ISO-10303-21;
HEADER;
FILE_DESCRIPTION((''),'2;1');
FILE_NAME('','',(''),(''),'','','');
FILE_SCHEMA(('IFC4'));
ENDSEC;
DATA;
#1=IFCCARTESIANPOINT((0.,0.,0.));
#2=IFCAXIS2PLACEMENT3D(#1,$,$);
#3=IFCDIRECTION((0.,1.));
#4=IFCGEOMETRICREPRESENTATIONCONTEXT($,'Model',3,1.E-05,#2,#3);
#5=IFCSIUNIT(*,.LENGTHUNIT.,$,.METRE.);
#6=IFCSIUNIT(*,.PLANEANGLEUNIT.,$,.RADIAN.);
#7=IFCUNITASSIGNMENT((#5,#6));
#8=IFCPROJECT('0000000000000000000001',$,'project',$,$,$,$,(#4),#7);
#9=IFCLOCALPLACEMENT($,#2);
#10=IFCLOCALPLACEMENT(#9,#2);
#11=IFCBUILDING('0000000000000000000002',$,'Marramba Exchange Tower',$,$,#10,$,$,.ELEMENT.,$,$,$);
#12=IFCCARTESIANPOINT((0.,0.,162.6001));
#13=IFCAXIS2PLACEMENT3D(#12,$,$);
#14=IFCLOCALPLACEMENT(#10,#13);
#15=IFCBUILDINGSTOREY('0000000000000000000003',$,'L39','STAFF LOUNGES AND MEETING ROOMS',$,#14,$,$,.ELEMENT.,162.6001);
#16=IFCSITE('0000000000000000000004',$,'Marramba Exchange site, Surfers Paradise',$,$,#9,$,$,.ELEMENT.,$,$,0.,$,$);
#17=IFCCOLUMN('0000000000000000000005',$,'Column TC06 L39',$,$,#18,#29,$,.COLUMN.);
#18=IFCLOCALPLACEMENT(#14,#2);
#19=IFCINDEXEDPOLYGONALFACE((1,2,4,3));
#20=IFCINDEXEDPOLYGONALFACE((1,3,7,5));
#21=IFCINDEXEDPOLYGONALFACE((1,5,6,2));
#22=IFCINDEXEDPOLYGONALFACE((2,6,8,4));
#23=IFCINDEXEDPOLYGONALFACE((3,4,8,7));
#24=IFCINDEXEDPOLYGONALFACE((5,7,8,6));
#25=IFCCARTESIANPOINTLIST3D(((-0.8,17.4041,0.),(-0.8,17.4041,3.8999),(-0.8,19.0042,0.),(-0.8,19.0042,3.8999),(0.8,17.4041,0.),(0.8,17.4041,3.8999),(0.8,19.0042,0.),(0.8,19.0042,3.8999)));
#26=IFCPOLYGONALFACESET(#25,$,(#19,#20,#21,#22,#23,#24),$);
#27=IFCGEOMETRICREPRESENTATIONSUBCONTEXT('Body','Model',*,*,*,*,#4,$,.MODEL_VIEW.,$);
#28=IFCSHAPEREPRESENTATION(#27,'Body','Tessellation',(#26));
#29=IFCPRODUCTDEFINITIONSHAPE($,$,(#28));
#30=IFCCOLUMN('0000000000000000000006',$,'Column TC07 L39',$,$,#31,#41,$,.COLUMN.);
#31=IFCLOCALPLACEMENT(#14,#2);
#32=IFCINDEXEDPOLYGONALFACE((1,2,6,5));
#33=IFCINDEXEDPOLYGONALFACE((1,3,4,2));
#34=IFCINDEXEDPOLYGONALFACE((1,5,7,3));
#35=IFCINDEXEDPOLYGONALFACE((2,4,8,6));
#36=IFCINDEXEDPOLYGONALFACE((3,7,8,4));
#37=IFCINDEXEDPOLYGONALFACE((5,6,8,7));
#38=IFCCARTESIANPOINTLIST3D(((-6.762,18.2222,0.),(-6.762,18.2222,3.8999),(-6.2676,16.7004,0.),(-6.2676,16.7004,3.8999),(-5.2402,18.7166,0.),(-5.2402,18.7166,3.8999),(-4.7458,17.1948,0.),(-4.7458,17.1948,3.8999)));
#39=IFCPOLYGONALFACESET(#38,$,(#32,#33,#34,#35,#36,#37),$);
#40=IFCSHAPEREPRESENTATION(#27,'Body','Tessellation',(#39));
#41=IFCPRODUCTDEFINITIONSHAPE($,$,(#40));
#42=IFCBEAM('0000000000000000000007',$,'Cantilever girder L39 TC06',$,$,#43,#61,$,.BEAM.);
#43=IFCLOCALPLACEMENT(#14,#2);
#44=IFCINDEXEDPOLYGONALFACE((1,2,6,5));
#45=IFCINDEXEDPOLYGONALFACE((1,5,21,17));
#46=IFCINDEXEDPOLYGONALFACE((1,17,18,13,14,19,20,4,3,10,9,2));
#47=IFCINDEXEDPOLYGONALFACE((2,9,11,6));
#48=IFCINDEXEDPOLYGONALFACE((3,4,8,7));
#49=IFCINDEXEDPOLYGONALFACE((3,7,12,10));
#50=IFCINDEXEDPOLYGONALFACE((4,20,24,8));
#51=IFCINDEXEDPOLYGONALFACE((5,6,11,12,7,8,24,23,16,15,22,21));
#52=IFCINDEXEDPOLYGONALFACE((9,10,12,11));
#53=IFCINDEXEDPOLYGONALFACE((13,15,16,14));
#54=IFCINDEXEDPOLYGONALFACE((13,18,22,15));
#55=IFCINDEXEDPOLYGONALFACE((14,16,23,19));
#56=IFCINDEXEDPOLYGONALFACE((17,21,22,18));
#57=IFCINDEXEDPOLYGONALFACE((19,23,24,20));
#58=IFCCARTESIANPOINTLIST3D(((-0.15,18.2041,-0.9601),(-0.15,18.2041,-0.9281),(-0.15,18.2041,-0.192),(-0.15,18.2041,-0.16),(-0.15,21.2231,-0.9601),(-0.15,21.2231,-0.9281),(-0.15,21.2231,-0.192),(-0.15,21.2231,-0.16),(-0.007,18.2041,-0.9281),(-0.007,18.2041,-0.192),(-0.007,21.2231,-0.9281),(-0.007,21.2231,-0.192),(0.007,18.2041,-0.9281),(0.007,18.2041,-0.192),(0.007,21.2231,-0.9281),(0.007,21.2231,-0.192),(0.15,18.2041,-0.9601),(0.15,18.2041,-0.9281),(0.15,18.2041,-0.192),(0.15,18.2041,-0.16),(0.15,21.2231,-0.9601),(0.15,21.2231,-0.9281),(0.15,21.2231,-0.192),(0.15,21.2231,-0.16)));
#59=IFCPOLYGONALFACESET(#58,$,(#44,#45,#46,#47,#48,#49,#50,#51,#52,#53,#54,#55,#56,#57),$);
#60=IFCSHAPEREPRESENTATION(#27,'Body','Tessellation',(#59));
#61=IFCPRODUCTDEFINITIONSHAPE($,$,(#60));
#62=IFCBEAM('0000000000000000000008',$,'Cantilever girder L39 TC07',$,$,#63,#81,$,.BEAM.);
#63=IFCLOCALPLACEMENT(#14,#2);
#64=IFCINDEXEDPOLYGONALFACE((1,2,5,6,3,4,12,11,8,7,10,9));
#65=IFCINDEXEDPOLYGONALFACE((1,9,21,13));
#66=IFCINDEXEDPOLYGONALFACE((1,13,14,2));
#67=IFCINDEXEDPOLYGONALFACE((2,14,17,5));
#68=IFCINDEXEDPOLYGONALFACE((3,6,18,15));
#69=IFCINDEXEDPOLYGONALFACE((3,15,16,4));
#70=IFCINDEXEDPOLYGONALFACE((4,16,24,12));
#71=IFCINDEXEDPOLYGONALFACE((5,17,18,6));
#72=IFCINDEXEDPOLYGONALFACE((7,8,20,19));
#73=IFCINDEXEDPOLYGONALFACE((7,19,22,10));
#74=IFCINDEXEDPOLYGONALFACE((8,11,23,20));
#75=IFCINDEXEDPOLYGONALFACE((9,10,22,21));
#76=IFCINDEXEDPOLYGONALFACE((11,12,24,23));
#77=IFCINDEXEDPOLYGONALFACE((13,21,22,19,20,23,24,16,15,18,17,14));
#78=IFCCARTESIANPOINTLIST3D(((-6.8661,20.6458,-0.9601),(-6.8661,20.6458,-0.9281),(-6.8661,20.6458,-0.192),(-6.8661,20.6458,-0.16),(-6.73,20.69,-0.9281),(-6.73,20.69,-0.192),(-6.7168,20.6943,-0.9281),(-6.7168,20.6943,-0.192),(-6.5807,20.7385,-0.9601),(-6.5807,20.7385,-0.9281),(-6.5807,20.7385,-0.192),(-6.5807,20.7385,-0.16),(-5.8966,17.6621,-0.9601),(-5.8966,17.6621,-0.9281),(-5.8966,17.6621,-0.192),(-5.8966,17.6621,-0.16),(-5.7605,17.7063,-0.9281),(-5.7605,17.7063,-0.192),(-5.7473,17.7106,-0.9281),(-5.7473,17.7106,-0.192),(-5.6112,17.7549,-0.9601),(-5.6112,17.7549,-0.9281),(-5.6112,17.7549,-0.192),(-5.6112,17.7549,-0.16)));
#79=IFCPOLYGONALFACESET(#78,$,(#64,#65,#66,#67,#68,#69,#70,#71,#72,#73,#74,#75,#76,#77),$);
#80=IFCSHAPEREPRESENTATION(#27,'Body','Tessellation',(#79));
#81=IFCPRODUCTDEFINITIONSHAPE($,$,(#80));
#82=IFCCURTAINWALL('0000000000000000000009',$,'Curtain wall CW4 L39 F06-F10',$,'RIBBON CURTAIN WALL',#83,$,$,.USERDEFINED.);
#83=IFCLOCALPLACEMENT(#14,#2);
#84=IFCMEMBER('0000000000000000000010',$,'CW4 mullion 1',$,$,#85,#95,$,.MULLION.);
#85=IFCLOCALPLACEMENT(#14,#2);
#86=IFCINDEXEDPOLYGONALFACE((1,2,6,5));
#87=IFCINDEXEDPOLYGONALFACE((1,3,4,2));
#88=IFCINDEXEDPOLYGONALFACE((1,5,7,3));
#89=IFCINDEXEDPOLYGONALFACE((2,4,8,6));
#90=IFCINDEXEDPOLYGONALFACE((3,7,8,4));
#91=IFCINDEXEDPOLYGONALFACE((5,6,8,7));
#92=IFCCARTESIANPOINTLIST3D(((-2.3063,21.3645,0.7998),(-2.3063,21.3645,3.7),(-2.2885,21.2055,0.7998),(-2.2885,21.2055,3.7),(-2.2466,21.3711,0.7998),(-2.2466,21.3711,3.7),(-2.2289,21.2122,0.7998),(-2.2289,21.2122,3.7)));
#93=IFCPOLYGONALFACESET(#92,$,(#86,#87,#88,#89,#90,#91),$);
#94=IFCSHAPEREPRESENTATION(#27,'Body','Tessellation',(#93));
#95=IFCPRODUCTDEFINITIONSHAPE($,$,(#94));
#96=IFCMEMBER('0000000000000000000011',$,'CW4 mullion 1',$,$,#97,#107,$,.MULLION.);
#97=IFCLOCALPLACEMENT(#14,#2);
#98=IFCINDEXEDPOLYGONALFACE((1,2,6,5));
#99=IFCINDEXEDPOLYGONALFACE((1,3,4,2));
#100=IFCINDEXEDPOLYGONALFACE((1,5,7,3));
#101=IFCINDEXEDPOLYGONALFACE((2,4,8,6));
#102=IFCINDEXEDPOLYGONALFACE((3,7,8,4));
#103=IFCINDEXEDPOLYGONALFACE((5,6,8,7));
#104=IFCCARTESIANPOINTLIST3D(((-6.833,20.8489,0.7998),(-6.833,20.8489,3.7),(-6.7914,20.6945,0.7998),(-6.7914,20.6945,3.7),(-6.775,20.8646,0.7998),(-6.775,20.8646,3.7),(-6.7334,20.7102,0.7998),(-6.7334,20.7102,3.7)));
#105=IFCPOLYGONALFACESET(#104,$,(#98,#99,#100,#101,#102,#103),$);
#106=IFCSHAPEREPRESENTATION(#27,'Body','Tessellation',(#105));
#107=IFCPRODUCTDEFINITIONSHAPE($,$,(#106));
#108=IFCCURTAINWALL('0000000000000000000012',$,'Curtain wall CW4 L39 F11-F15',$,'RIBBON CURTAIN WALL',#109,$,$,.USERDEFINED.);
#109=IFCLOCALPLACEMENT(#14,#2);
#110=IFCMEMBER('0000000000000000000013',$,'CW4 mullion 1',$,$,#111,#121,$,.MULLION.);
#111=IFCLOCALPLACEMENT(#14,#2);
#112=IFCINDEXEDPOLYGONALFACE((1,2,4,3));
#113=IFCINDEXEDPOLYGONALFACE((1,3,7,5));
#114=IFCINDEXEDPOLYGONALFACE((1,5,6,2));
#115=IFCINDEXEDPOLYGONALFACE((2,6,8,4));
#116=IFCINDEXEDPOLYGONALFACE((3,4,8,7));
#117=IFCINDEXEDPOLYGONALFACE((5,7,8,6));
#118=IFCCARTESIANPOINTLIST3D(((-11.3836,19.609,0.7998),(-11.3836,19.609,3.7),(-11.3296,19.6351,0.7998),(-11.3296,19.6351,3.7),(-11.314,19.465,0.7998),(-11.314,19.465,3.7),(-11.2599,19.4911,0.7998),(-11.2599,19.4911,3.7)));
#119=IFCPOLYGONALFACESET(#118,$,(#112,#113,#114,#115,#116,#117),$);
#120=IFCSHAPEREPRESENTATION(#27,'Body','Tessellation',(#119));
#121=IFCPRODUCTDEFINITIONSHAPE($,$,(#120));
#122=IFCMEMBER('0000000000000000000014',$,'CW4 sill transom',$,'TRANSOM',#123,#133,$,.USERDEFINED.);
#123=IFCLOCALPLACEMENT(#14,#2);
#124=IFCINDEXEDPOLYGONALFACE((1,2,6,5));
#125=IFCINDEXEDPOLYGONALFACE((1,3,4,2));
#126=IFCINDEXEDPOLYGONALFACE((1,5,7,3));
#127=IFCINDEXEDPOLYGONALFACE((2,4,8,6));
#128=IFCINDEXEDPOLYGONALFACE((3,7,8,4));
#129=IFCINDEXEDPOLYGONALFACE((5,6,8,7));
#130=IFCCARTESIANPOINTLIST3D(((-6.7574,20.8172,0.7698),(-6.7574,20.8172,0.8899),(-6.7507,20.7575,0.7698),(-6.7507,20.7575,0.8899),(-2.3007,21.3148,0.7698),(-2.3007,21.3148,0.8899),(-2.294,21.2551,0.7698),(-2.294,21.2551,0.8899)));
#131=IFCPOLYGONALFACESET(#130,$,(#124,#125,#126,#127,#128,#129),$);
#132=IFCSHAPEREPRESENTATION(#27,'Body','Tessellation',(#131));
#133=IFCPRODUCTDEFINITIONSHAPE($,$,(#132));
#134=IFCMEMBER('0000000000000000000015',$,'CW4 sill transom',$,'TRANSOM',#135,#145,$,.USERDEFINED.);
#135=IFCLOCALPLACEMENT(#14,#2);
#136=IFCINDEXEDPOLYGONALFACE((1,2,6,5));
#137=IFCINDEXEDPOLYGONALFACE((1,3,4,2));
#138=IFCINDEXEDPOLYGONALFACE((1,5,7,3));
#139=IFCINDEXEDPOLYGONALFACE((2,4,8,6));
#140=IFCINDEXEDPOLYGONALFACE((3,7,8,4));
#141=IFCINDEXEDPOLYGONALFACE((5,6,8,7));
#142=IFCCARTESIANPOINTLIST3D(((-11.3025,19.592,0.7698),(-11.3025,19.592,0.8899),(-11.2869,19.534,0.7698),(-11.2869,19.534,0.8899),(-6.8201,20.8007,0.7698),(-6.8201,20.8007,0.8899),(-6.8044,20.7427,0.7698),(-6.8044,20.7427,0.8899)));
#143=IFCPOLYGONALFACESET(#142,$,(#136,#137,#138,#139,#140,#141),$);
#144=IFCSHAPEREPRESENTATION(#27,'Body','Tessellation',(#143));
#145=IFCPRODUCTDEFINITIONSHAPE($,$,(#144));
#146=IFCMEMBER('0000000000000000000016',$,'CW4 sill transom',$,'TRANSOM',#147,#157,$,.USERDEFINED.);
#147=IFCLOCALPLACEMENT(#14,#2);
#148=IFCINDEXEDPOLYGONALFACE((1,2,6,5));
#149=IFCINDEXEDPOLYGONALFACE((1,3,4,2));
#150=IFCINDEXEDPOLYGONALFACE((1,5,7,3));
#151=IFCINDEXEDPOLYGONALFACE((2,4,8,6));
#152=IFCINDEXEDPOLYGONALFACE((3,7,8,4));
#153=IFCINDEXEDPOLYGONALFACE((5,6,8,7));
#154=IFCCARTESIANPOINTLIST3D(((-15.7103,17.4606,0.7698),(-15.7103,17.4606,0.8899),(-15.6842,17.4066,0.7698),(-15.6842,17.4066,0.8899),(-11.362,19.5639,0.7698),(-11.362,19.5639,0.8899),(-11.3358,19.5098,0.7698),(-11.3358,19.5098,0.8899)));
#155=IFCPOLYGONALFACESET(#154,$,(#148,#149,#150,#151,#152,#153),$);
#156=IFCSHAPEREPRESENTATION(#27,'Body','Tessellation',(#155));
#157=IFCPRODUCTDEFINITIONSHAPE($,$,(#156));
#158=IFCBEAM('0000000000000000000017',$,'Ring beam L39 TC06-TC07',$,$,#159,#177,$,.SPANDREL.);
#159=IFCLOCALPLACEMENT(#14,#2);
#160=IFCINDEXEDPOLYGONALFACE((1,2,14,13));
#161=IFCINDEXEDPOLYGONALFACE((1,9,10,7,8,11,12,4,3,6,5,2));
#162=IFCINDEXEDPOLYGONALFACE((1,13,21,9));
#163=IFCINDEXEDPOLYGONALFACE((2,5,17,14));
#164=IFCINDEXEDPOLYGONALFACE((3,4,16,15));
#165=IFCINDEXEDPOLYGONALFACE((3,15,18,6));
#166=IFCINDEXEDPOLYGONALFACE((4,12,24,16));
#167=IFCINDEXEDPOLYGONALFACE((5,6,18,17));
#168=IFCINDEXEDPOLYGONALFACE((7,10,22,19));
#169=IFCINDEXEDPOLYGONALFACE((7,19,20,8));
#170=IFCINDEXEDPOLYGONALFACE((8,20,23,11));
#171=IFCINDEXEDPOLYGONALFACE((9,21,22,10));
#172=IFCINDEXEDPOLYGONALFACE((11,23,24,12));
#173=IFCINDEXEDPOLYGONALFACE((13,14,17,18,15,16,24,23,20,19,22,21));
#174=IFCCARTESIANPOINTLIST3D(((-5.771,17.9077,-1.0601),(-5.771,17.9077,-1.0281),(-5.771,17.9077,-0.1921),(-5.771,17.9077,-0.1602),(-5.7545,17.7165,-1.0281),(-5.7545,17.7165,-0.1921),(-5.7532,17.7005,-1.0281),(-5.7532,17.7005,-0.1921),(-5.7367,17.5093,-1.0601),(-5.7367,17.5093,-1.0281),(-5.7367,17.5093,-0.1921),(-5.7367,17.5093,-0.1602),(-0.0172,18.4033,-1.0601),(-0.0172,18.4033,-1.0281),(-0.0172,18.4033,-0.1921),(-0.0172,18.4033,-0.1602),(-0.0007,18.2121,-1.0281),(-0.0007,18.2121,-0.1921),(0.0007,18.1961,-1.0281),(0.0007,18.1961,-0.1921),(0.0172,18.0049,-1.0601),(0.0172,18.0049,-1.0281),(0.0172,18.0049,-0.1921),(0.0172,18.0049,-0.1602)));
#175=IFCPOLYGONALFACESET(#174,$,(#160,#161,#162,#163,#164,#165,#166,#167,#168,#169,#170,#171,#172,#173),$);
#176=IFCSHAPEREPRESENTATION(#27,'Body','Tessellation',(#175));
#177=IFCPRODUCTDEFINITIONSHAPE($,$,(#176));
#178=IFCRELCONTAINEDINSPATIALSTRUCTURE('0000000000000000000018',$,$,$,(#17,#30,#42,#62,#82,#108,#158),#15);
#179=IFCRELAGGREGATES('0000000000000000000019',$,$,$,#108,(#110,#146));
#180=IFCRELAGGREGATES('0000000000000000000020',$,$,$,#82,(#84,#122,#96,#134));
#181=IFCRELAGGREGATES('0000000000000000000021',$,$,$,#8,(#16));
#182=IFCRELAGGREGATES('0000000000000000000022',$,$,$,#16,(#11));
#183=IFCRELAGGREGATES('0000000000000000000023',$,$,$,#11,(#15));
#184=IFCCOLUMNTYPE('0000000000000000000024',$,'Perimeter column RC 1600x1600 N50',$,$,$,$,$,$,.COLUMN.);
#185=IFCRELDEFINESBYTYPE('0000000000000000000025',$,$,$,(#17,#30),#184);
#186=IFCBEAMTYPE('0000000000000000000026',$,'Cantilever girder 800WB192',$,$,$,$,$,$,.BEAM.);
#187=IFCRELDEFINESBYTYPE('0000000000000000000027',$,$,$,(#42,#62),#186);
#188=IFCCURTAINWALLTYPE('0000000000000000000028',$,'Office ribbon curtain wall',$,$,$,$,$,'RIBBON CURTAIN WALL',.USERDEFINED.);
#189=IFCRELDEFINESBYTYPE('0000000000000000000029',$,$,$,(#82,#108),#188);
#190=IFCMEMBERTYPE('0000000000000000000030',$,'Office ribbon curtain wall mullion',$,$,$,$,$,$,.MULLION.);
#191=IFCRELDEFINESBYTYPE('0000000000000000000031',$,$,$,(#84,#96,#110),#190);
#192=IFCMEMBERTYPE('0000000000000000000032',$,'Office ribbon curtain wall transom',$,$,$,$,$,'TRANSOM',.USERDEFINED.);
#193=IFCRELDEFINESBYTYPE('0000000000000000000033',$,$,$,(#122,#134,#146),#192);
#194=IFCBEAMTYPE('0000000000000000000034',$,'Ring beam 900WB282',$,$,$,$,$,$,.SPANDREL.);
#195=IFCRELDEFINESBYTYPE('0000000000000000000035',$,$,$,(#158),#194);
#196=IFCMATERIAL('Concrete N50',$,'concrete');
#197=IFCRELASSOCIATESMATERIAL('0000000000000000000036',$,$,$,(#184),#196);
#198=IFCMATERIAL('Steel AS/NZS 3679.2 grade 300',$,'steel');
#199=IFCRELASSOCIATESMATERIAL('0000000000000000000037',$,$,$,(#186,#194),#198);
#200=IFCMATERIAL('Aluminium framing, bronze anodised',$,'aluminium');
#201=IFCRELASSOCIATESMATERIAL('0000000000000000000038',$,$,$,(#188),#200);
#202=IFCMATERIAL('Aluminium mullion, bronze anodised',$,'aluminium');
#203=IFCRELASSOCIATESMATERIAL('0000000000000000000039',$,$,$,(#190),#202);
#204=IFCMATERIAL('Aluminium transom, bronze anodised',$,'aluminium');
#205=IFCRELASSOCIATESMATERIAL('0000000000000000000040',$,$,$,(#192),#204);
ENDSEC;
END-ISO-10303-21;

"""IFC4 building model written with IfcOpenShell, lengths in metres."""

from ifc_helpers import new_model, si_unit, direction, frame, origin, origin_2d, place, context, subcontext, project, spatial, rectangle, i_section, extrude, material, material_profile, profile_set, type_object, element, aggregate, save


model = new_model("IFC4")

# Units and contexts
model_context = context("Model", 3, precision=1e-05, world=origin(), true_north=direction((0.0, 1.0)))
body_context = subcontext(model_context, "Body", "Model", "MODEL_VIEW")
ifc_project = project(units=[si_unit("LENGTHUNIT", "METRE"), si_unit("PLANEANGLEUNIT", "RADIAN")], contexts=[model_context])

# Site, building, storey
site_placement = place(None, origin())
site = spatial("IfcSite", under=ifc_project, at=site_placement, Name="Marramba Exchange site, Surfers Paradise", CompositionType="ELEMENT", RefElevation=0.0)
building_placement = place(site_placement, origin())
building = spatial("IfcBuilding", under=site, at=building_placement, Name="Marramba Exchange Tower", CompositionType="ELEMENT")
storey_placement = place(building_placement, frame((0.0, 0.0, 162.6001)))
storey = spatial("IfcBuildingStorey", under=building, at=storey_placement, Name="L39", Description="STAFF LOUNGES AND MEETING ROOMS", CompositionType="ELEMENT", Elevation=162.6001)

# Columns
ifc_material_1 = material(Name="Concrete N50", Category="concrete")
ifc_material_profile_1 = material_profile(ifc_material_1, rectangle(XDim=1.6001, YDim=1.6001, at=origin_2d()), Name="RC 1600x1600")
ifc_profile_set_1 = profile_set([ifc_material_profile_1], Name="Concrete N50")
column_type = type_object("IfcColumnType", Name="Perimeter column RC 1600x1600 N50", PredefinedType="COLUMN", material=ifc_profile_set_1)
for number, where, z_axis, x_axis, name in (
    (1, (0.0, 18.2041, 0.0), (0.0, 0.0, 1.0), (0.0, 1.0, 0.0), "Column TC06 L39"),
    (2, (-5.7539, 17.7085, 0.0), (0.0, 0.0, 1.0), (-0.309017, 0.951057, 0.0), "Column TC07 L39"),
):
    element("IfcColumn", number, at=place(storey_placement, frame(where, z_axis=z_axis, x_axis=x_axis)), inside=storey, type_object=column_type, Name=name, PredefinedType="COLUMN", context=body_context, shape_type="SweptSolid", body=[
        extrude(rectangle(XDim=1.6001, YDim=1.6001, at=origin_2d()), origin(), (0.0, 0.0, 1.0), 3.8999),
    ])

# Beams
ifc_material_2 = material(Name="Steel AS/NZS 3679.2 grade 300", Category="steel")
ifc_material_profile_2 = material_profile(ifc_material_2, i_section(OverallWidth=0.3, OverallDepth=0.8, WebThickness=0.0139, FlangeThickness=0.032, at=origin_2d()), Name="800WB192")
ifc_profile_set_2 = profile_set([ifc_material_profile_2], Name="Steel AS/NZS 3679.2 grade 300")
beam_type_1 = type_object("IfcBeamType", Name="Cantilever girder 800WB192", PredefinedType="BEAM", material=ifc_profile_set_2)
beam_1_placement = place(storey_placement, frame((0.0, 18.2041, -0.5601), z_axis=(0.0, 1.0, 0.0), x_axis=(-1.0, 0.0, 0.0)))
element("IfcBeam", 3, at=beam_1_placement, inside=storey, type_object=beam_type_1, Name="Cantilever girder L39 TC06", PredefinedType="BEAM", context=body_context, shape_type="SweptSolid", body=[
    extrude(i_section(OverallWidth=0.3, OverallDepth=0.8, WebThickness=0.0139, FlangeThickness=0.032, at=origin_2d()), origin(), (0.0, 0.0, 1.0), 3.019),
])
beam_2_placement = place(storey_placement, frame((-5.7539, 17.7085, -0.5601), z_axis=(-0.309028, 0.951053, 0.0), x_axis=(-0.951053, -0.309028, 0.0)))
element("IfcBeam", 4, at=beam_2_placement, inside=storey, type_object=beam_type_1, Name="Cantilever girder L39 TC07", PredefinedType="BEAM", context=body_context, shape_type="SweptSolid", body=[
    extrude(i_section(OverallWidth=0.3, OverallDepth=0.8, WebThickness=0.0139, FlangeThickness=0.032, at=origin_2d()), origin(), (0.0, 0.0, 1.0), 3.1372),
])

# Curtain wall, members
ifc_material_3 = material(Name="Aluminium framing, bronze anodised", Category="aluminium")
curtain_wall_type = type_object("IfcCurtainWallType", Name="Office ribbon curtain wall", ElementType="RIBBON CURTAIN WALL", PredefinedType="USERDEFINED", material=ifc_material_3)
curtain_wall_1_placement = place(storey_placement, origin())
curtain_wall_1 = element("IfcCurtainWall", 5, at=curtain_wall_1_placement, inside=storey, type_object=curtain_wall_type, Name="Curtain wall CW4 L39 F06-F10", ObjectType="RIBBON CURTAIN WALL", PredefinedType="USERDEFINED")
ifc_material_4 = material(Name="Aluminium mullion, bronze anodised", Category="aluminium")
ifc_material_profile_3 = material_profile(ifc_material_4, rectangle(XDim=0.1599, YDim=0.0601, at=origin_2d()), Name="CW4 mullion 60x160")
ifc_profile_set_3 = profile_set([ifc_material_profile_3], Name="Aluminium mullion, bronze anodised")
member_type_1 = type_object("IfcMemberType", Name="Office ribbon curtain wall mullion", PredefinedType="MULLION", material=ifc_profile_set_3)
member_1_placement = place(storey_placement, frame((-2.2676, 21.2883, 0.7998), z_axis=(0.0, 0.0, 1.0), x_axis=(0.110973, -0.993823, 0.0)))
member_1 = element("IfcMember", 6, at=member_1_placement, type_object=member_type_1, Name="CW4 mullion 1", PredefinedType="MULLION", context=body_context, shape_type="SweptSolid", body=[
    extrude(rectangle(XDim=0.1599, YDim=0.0601, at=origin_2d()), origin(), (0.0, 0.0, 1.0), 2.9001),
])
member_2_placement = place(storey_placement, frame((-6.7832, 20.7795, 0.7998), z_axis=(0.0, 0.0, 1.0), x_axis=(0.260321, -0.965522, 0.0)))
member_2 = element("IfcMember", 7, at=member_2_placement, type_object=member_type_1, Name="CW4 mullion 1", PredefinedType="MULLION", context=body_context, shape_type="SweptSolid", body=[
    extrude(rectangle(XDim=0.1599, YDim=0.0601, at=origin_2d()), origin(), (0.0, 0.0, 1.0), 2.9001),
])

# Curtain wall, member
curtain_wall_2_placement = place(storey_placement, origin())
curtain_wall_2 = element("IfcCurtainWall", 8, at=curtain_wall_2_placement, inside=storey, type_object=curtain_wall_type, Name="Curtain wall CW4 L39 F11-F15", ObjectType="RIBBON CURTAIN WALL", PredefinedType="USERDEFINED")
member_3_placement = place(storey_placement, frame((-11.3218, 19.55, 0.7998), z_axis=(0.0, 0.0, 1.0), x_axis=(0.435428, -0.900224, 0.0)))
member_3 = element("IfcMember", 9, at=member_3_placement, type_object=member_type_1, Name="CW4 mullion 1", PredefinedType="MULLION", context=body_context, shape_type="SweptSolid", body=[
    extrude(rectangle(XDim=0.1599, YDim=0.0601, at=origin_2d()), origin(), (0.0, 0.0, 1.0), 2.9001),
])

# Members
ifc_material_5 = material(Name="Aluminium transom, bronze anodised", Category="aluminium")
ifc_material_profile_4 = material_profile(ifc_material_5, rectangle(XDim=0.0601, YDim=0.1201, at=origin_2d()), Name="CW4 transom 60x120")
ifc_profile_set_4 = profile_set([ifc_material_profile_4], Name="Aluminium transom, bronze anodised")
member_type_2 = type_object("IfcMemberType", Name="Office ribbon curtain wall transom", ElementType="TRANSOM", PredefinedType="USERDEFINED", material=ifc_profile_set_4)
member_4_placement = place(storey_placement, frame((-2.2974, 21.2849, 0.8298), z_axis=(-0.993826, -0.110951, 0.0), x_axis=(0.110951, -0.993826, 0.0)))
member_4 = element("IfcMember", 10, at=member_4_placement, type_object=member_type_2, Name="CW4 sill transom", ObjectType="TRANSOM", PredefinedType="USERDEFINED", context=body_context, shape_type="SweptSolid", body=[
    extrude(rectangle(XDim=0.0601, YDim=0.1201, at=origin_2d()), origin(), (0.0, 0.0, 1.0), 4.4844),
])
member_5_placement = place(storey_placement, frame((-6.8123, 20.7717, 0.8298), z_axis=(-0.965511, -0.260362, 0.0), x_axis=(0.260362, -0.965511, 0.0)))
member_5 = element("IfcMember", 11, at=member_5_placement, type_object=member_type_2, Name="CW4 sill transom", ObjectType="TRANSOM", PredefinedType="USERDEFINED", context=body_context, shape_type="SweptSolid", body=[
    extrude(rectangle(XDim=0.0601, YDim=0.1201, at=origin_2d()), origin(), (0.0, 0.0, 1.0), 4.6426),
])
member_6_placement = place(storey_placement, frame((-11.3489, 19.5369, 0.8298), z_axis=(-0.900223, -0.435429, 0.0), x_axis=(0.435429, -0.900223, 0.0)))
member_6 = element("IfcMember", 12, at=member_6_placement, type_object=member_type_2, Name="CW4 sill transom", ObjectType="TRANSOM", PredefinedType="USERDEFINED", context=body_context, shape_type="SweptSolid", body=[
    extrude(rectangle(XDim=0.0601, YDim=0.1201, at=origin_2d()), origin(), (0.0, 0.0, 1.0), 4.8303),
])
aggregate(curtain_wall_2, [member_3, member_6])

# Beam
ifc_material_profile_5 = material_profile(ifc_material_2, i_section(OverallWidth=0.3999, OverallDepth=0.8999, WebThickness=0.0161, FlangeThickness=0.032, at=origin_2d()), Name="900WB282")
ifc_profile_set_5 = profile_set([ifc_material_profile_5], Name="Steel AS/NZS 3679.2 grade 300")
beam_type_2 = type_object("IfcBeamType", Name="Ring beam 900WB282", PredefinedType="SPANDREL", material=ifc_profile_set_5)
beam_3_placement = place(storey_placement, frame((0.0, 18.2041, -0.6101), z_axis=(-0.996311, -0.085816, 0.0), x_axis=(0.085816, -0.996311, 0.0)))
element("IfcBeam", 13, at=beam_3_placement, inside=storey, type_object=beam_type_2, Name="Ring beam L39 TC06-TC07", PredefinedType="SPANDREL", context=body_context, shape_type="SweptSolid", body=[
    extrude(i_section(OverallWidth=0.3999, OverallDepth=0.8999, WebThickness=0.0161, FlangeThickness=0.032, at=origin_2d()), origin(), (0.0, 0.0, 1.0), 5.7751),
])

aggregate(curtain_wall_1, [member_1, member_4, member_2, member_5])

save(model, "model.ifc")
